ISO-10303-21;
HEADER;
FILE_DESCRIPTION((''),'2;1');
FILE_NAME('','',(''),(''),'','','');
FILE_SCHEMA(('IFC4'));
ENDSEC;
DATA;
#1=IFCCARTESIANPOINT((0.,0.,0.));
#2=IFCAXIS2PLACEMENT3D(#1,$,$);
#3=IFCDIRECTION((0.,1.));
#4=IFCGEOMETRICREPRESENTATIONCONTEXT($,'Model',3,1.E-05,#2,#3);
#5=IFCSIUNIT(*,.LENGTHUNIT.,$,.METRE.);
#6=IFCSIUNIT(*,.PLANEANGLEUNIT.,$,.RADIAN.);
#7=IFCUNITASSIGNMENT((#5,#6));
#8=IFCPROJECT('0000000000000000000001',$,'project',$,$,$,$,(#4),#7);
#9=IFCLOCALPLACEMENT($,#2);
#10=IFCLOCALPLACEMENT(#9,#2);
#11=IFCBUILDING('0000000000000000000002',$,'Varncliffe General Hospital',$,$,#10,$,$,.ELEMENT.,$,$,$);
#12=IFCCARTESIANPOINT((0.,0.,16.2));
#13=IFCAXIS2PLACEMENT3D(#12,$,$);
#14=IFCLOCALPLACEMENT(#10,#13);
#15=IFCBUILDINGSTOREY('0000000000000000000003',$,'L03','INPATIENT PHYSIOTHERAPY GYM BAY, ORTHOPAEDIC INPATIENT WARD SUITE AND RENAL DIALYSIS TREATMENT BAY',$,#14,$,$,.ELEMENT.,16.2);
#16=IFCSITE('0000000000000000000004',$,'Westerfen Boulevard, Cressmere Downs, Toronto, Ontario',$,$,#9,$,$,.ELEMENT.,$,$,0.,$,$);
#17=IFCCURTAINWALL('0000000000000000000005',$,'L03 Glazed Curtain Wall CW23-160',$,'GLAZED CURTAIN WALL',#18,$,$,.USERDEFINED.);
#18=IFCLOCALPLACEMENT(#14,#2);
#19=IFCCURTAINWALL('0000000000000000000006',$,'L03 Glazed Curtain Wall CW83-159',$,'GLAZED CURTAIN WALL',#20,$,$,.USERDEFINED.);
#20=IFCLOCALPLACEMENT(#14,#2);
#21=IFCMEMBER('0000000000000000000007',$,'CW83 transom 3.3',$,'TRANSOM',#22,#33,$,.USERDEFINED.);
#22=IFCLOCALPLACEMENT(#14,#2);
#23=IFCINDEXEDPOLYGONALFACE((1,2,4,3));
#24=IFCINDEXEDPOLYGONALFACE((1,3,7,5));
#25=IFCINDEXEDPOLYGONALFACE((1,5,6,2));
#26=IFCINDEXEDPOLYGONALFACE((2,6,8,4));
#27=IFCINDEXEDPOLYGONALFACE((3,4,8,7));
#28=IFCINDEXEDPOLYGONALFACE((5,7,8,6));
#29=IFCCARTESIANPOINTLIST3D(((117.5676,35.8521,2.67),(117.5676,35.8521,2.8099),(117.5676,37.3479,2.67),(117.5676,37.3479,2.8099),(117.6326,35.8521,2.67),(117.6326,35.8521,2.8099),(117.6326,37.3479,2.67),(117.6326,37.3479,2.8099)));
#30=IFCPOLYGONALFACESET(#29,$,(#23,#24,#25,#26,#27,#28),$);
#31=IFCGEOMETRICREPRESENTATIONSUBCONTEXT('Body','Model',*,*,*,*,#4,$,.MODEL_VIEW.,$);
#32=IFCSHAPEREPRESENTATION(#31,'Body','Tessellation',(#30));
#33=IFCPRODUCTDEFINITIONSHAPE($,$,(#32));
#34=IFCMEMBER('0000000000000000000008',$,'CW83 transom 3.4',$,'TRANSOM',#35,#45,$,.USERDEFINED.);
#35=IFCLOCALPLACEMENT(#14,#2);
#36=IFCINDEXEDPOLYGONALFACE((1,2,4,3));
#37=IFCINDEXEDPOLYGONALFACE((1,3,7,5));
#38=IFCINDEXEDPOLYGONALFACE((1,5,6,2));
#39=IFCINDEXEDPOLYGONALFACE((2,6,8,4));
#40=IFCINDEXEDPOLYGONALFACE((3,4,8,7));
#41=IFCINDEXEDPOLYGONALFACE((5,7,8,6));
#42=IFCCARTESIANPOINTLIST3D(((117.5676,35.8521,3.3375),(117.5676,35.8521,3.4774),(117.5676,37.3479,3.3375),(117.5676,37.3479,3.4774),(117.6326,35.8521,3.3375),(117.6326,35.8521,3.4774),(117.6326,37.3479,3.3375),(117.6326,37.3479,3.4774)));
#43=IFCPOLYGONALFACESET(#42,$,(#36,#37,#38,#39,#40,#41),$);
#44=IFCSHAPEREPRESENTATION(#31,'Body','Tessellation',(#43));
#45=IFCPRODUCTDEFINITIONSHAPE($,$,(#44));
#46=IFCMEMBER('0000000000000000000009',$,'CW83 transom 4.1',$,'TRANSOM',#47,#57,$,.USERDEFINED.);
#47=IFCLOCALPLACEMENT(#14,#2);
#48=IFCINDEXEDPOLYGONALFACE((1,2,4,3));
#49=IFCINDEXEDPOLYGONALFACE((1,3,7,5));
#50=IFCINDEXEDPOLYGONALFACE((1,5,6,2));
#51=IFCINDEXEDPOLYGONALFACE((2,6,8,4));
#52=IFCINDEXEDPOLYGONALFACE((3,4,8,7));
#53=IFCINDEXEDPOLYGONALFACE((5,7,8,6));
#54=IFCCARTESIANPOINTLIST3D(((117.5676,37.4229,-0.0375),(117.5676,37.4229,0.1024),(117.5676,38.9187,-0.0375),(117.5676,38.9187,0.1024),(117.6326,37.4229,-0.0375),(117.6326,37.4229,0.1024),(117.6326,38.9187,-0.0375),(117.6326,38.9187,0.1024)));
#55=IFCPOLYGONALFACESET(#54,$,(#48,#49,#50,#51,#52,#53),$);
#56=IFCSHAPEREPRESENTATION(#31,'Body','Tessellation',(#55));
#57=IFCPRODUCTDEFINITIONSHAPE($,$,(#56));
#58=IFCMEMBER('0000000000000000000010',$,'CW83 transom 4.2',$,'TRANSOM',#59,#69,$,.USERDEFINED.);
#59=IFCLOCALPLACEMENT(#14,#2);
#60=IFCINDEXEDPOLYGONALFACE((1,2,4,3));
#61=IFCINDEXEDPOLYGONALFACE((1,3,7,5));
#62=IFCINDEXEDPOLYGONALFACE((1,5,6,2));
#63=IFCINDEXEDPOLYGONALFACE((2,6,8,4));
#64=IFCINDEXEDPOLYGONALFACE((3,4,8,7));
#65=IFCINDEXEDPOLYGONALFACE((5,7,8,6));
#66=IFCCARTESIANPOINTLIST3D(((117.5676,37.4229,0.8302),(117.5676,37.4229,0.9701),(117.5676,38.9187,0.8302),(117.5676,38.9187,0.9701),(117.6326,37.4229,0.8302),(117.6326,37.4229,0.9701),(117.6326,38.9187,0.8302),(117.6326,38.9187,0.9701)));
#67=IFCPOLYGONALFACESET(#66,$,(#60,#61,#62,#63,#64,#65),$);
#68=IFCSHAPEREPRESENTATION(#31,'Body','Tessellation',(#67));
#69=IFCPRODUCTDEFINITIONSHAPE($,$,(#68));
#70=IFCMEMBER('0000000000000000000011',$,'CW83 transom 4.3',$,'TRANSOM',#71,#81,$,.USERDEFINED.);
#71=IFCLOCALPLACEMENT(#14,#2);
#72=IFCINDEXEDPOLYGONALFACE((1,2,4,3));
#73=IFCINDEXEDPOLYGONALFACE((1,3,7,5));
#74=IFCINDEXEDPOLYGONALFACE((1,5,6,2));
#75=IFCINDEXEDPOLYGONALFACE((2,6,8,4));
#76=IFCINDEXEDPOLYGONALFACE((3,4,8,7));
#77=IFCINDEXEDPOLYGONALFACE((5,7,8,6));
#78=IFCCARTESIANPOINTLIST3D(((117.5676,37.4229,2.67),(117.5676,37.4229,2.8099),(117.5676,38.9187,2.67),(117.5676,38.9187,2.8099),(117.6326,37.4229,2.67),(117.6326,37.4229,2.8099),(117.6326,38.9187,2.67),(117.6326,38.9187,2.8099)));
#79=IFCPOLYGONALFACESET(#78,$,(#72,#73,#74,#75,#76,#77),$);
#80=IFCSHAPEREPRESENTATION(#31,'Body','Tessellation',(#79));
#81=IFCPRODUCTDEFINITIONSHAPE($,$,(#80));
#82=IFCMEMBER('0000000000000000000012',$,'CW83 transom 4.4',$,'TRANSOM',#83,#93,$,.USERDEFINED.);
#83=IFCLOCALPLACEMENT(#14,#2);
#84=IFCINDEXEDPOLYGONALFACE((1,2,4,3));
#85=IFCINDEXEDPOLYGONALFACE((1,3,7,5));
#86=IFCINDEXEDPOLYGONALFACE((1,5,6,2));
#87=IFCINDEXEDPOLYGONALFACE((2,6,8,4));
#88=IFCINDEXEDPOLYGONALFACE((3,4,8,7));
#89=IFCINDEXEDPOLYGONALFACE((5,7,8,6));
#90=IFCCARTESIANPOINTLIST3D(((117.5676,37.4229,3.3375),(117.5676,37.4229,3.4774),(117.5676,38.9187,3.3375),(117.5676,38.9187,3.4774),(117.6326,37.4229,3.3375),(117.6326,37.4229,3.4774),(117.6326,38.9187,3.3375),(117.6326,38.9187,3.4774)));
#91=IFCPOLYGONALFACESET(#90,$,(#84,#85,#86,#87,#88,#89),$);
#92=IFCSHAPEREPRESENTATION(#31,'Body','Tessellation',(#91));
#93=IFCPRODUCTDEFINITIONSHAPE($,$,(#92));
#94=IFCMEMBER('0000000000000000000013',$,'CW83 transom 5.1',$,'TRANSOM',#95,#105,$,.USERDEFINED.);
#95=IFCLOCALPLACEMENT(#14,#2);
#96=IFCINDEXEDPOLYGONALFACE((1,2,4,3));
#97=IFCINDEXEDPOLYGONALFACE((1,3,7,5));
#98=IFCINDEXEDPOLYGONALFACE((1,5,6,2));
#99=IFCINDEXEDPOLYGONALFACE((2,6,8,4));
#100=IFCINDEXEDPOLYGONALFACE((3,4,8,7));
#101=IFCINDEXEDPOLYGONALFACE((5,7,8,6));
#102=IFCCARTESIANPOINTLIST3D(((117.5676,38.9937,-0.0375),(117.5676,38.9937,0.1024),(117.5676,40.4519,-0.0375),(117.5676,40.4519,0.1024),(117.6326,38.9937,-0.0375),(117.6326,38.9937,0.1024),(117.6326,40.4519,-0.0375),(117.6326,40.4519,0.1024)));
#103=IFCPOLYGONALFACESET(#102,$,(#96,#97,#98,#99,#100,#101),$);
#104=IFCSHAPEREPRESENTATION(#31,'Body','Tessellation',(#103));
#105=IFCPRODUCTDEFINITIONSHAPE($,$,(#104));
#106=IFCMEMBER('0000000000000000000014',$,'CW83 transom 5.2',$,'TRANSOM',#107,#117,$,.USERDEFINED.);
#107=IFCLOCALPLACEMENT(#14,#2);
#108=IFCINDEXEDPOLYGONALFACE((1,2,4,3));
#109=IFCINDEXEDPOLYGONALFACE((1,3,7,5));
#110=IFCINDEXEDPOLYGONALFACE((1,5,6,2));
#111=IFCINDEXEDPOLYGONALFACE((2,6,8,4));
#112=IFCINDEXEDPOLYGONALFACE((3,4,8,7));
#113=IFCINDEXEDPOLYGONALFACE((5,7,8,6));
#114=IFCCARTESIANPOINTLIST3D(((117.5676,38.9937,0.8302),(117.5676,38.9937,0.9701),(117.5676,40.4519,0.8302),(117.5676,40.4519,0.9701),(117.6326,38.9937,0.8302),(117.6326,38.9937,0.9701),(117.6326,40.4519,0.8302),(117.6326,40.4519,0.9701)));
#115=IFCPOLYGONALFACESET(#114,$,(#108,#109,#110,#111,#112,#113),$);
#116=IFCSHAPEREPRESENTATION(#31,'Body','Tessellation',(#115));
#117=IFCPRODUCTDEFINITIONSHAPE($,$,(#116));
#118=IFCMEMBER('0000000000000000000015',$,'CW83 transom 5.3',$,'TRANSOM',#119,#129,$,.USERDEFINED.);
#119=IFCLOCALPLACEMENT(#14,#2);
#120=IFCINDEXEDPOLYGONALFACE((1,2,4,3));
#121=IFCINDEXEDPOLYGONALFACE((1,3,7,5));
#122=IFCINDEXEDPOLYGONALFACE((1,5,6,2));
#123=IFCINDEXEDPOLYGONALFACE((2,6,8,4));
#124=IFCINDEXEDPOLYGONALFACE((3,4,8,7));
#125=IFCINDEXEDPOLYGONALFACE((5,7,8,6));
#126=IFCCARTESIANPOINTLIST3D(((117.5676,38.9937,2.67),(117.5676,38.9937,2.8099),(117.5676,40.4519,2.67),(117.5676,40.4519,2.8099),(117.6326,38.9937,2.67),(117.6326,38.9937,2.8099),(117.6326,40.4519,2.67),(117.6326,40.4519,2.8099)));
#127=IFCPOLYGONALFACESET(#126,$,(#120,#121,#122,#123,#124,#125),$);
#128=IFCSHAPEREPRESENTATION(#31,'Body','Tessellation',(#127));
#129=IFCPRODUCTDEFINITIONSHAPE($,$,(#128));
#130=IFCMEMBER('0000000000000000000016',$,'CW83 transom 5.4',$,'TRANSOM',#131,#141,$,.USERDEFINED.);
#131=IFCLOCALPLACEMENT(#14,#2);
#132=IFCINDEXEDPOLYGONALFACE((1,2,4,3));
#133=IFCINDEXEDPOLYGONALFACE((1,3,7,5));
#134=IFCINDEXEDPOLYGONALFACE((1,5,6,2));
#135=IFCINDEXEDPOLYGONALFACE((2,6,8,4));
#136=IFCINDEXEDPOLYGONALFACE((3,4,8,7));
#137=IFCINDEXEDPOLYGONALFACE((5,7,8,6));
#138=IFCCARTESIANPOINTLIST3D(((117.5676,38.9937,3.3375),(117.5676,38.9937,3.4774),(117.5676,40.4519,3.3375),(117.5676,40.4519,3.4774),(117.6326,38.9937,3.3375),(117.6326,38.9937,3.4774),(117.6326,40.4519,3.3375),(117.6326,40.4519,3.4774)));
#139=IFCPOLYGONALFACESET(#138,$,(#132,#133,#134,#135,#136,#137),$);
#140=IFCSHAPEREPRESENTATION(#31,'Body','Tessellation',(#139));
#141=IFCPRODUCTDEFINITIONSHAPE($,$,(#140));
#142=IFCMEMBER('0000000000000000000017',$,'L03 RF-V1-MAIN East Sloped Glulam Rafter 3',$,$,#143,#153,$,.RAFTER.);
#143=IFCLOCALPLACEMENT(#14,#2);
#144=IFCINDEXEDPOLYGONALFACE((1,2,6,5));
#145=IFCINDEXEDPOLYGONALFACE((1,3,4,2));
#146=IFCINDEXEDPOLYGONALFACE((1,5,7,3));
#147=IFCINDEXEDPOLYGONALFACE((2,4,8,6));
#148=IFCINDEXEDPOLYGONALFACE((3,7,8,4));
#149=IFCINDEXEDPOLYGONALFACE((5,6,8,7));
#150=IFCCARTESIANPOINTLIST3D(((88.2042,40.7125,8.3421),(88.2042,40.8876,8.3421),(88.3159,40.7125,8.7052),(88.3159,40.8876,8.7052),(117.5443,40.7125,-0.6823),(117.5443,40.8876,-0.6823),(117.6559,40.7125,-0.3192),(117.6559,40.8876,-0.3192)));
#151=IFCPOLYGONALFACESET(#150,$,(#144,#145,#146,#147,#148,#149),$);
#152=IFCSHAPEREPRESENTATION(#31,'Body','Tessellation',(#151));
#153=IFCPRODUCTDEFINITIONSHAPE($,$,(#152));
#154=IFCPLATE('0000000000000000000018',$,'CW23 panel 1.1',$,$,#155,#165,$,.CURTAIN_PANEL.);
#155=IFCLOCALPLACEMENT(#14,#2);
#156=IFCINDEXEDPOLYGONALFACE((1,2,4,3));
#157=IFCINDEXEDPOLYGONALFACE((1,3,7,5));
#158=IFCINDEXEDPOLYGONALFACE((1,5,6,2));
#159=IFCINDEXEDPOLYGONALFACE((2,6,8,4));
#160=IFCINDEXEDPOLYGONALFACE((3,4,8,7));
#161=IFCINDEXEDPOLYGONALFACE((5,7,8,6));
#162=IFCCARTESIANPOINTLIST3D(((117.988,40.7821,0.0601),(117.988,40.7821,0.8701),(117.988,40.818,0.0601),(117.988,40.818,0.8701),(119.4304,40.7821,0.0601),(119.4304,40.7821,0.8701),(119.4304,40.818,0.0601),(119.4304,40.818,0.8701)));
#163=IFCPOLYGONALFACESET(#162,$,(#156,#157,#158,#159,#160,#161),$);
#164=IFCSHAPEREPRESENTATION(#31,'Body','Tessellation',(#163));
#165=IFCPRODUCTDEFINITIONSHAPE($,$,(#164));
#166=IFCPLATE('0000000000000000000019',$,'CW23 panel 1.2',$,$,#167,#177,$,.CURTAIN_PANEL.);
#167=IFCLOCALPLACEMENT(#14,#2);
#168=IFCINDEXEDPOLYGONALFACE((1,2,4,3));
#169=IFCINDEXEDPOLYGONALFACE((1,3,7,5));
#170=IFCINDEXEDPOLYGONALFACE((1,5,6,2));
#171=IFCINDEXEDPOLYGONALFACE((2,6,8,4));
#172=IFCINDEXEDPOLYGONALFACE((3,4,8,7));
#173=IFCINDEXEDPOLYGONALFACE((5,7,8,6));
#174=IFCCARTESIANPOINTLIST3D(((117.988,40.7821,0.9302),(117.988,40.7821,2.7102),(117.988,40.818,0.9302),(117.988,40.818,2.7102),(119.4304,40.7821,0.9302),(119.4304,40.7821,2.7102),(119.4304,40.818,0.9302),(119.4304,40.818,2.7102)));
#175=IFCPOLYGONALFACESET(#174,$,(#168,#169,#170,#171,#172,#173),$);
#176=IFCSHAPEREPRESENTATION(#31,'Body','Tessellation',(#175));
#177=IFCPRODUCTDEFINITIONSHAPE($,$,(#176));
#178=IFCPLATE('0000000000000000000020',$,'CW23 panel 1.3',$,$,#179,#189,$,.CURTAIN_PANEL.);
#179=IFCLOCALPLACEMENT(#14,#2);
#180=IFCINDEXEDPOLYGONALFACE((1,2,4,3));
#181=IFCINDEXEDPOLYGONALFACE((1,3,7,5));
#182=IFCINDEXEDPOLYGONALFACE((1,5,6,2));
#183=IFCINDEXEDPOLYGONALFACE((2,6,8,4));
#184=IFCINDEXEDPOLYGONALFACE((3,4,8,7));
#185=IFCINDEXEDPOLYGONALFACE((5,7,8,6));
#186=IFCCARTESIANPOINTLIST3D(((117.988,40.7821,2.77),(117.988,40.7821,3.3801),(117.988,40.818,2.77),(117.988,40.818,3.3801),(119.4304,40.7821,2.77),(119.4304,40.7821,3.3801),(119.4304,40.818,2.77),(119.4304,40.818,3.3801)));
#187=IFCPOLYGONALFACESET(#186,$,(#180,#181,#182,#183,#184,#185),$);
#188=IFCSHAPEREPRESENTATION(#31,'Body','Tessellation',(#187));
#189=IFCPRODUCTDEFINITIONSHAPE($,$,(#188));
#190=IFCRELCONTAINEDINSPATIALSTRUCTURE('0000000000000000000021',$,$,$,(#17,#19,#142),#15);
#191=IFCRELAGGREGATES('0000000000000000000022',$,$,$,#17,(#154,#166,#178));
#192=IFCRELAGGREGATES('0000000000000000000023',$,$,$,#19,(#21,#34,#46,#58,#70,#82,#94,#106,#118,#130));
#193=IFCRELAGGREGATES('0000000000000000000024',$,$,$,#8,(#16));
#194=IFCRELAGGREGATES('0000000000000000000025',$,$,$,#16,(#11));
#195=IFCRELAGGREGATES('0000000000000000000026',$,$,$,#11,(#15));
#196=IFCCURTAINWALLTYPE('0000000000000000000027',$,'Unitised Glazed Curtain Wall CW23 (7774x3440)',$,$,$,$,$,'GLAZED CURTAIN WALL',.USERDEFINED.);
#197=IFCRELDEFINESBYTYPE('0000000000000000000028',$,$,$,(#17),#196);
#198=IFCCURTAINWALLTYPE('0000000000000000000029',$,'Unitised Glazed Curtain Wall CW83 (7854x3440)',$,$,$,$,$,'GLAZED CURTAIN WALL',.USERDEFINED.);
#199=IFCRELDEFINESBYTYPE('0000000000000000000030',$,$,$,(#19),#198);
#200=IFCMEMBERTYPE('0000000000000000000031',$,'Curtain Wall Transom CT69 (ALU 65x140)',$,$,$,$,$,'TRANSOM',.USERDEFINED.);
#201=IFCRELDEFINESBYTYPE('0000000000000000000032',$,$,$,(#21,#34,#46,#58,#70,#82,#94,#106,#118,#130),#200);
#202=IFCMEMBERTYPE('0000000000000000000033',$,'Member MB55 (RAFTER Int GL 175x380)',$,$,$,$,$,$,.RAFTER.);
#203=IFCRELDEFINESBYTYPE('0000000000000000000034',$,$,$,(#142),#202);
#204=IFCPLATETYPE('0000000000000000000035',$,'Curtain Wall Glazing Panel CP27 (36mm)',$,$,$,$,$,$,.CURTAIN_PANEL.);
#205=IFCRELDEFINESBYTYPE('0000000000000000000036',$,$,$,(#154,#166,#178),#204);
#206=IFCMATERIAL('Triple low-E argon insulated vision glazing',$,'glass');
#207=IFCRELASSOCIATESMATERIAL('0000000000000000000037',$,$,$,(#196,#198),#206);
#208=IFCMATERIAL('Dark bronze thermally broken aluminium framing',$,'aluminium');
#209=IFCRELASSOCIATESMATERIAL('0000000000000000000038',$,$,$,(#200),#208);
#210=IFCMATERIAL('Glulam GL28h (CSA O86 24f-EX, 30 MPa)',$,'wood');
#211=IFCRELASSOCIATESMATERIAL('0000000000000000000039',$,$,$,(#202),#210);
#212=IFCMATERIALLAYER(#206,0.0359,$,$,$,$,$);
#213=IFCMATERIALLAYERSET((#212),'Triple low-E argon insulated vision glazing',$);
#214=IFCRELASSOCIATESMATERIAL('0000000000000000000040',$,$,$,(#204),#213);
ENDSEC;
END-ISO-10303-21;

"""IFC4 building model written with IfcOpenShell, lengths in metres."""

from ifc_helpers import new_model, si_unit, direction, frame, origin, origin_2d, place, context, subcontext, project, spatial, rectangle, extrude, material, layer, layer_set, material_profile, profile_set, type_object, element, aggregate, save


model = new_model("IFC4")

# Units and contexts
model_context = context("Model", 3, precision=1e-05, world=origin(), true_north=direction((0.0, 1.0)))
body_context = subcontext(model_context, "Body", "Model", "MODEL_VIEW")
ifc_project = project(units=[si_unit("LENGTHUNIT", "METRE"), si_unit("PLANEANGLEUNIT", "RADIAN")], contexts=[model_context])

# Site, building, storey
site_placement = place(None, origin())
site = spatial("IfcSite", under=ifc_project, at=site_placement, Name="Westerfen Boulevard, Cressmere Downs, Toronto, Ontario", CompositionType="ELEMENT", RefElevation=0.0)
building_placement = place(site_placement, origin())
building = spatial("IfcBuilding", under=site, at=building_placement, Name="Varncliffe General Hospital", CompositionType="ELEMENT")
storey_placement = place(building_placement, frame((0.0, 0.0, 16.2)))
storey = spatial("IfcBuildingStorey", under=building, at=storey_placement, Name="L03", Description="INPATIENT PHYSIOTHERAPY GYM BAY, ORTHOPAEDIC INPATIENT WARD SUITE AND RENAL DIALYSIS TREATMENT BAY", CompositionType="ELEMENT", Elevation=16.2)

# Curtain walls
ifc_material_1 = material(Name="Triple low-E argon insulated vision glazing", Category="glass")
curtain_wall_type_1 = type_object("IfcCurtainWallType", Name="Unitised Glazed Curtain Wall CW23 (7774x3440)", ElementType="GLAZED CURTAIN WALL", PredefinedType="USERDEFINED", material=ifc_material_1)
curtain_wall_1_placement = place(storey_placement, origin())
curtain_wall_1 = element("IfcCurtainWall", 1, at=curtain_wall_1_placement, inside=storey, type_object=curtain_wall_type_1, Name="L03 Glazed Curtain Wall CW23-160", ObjectType="GLAZED CURTAIN WALL", PredefinedType="USERDEFINED")
ifc_material_2 = material(Name="Dark bronze thermally broken aluminium framing", Category="aluminium")
curtain_wall_type_2 = type_object("IfcCurtainWallType", Name="Unitised Glazed Curtain Wall CW83 (7854x3440)", ElementType="GLAZED CURTAIN WALL", PredefinedType="USERDEFINED", material=ifc_material_1)
curtain_wall_2_placement = place(storey_placement, origin())
curtain_wall_2 = element("IfcCurtainWall", 2, at=curtain_wall_2_placement, inside=storey, type_object=curtain_wall_type_2, Name="L03 Glazed Curtain Wall CW83-159", ObjectType="GLAZED CURTAIN WALL", PredefinedType="USERDEFINED")

# Members
ifc_material_profile_1 = material_profile(ifc_material_2, rectangle(XDim=0.0649, YDim=0.1399, at=origin_2d()), Name="ALU 65x140")
ifc_profile_set_1 = profile_set([ifc_material_profile_1], Name="Dark bronze thermally broken aluminium framing")
member_type_1 = type_object("IfcMemberType", Name="Curtain Wall Transom CT69 (ALU 65x140)", ElementType="TRANSOM", PredefinedType="USERDEFINED", material=ifc_profile_set_1)
member_1_placement = place(storey_placement, frame((117.6001, 35.8521, 2.74), z_axis=(0.0, 1.0, 0.0), x_axis=(-1.0, 0.0, 0.0)))
member_1 = element("IfcMember", 3, at=member_1_placement, type_object=member_type_1, Name="CW83 transom 3.3", ObjectType="TRANSOM", PredefinedType="USERDEFINED", context=body_context, shape_type="SweptSolid", body=[
    extrude(rectangle(XDim=0.0649, YDim=0.1399, at=origin_2d()), origin(), (0.0, 0.0, 1.0), 1.4958),
])
member_2_placement = place(storey_placement, frame((117.6001, 35.8521, 3.4075), z_axis=(0.0, 1.0, 0.0), x_axis=(-1.0, 0.0, 0.0)))
member_2 = element("IfcMember", 4, at=member_2_placement, type_object=member_type_1, Name="CW83 transom 3.4", ObjectType="TRANSOM", PredefinedType="USERDEFINED", context=body_context, shape_type="SweptSolid", body=[
    extrude(rectangle(XDim=0.0649, YDim=0.1399, at=origin_2d()), origin(), (0.0, 0.0, 1.0), 1.4958),
])
member_3_placement = place(storey_placement, frame((117.6001, 37.4229, 0.0325), z_axis=(0.0, 1.0, 0.0), x_axis=(-1.0, 0.0, 0.0)))
member_3 = element("IfcMember", 5, at=member_3_placement, type_object=member_type_1, Name="CW83 transom 4.1", ObjectType="TRANSOM", PredefinedType="USERDEFINED", context=body_context, shape_type="SweptSolid", body=[
    extrude(rectangle(XDim=0.0649, YDim=0.1399, at=origin_2d()), origin(), (0.0, 0.0, 1.0), 1.4958),
])
member_4_placement = place(storey_placement, frame((117.6001, 37.4229, 0.9001), z_axis=(0.0, 1.0, 0.0), x_axis=(-1.0, 0.0, 0.0)))
member_4 = element("IfcMember", 6, at=member_4_placement, type_object=member_type_1, Name="CW83 transom 4.2", ObjectType="TRANSOM", PredefinedType="USERDEFINED", context=body_context, shape_type="SweptSolid", body=[
    extrude(rectangle(XDim=0.0649, YDim=0.1399, at=origin_2d()), origin(), (0.0, 0.0, 1.0), 1.4958),
])
member_5_placement = place(storey_placement, frame((117.6001, 37.4229, 2.74), z_axis=(0.0, 1.0, 0.0), x_axis=(-1.0, 0.0, 0.0)))
member_5 = element("IfcMember", 7, at=member_5_placement, type_object=member_type_1, Name="CW83 transom 4.3", ObjectType="TRANSOM", PredefinedType="USERDEFINED", context=body_context, shape_type="SweptSolid", body=[
    extrude(rectangle(XDim=0.0649, YDim=0.1399, at=origin_2d()), origin(), (0.0, 0.0, 1.0), 1.4958),
])
member_6_placement = place(storey_placement, frame((117.6001, 37.4229, 3.4075), z_axis=(0.0, 1.0, 0.0), x_axis=(-1.0, 0.0, 0.0)))
member_6 = element("IfcMember", 8, at=member_6_placement, type_object=member_type_1, Name="CW83 transom 4.4", ObjectType="TRANSOM", PredefinedType="USERDEFINED", context=body_context, shape_type="SweptSolid", body=[
    extrude(rectangle(XDim=0.0649, YDim=0.1399, at=origin_2d()), origin(), (0.0, 0.0, 1.0), 1.4958),
])
member_7_placement = place(storey_placement, frame((117.6001, 38.9937, 0.0325), z_axis=(0.0, 1.0, 0.0), x_axis=(-1.0, 0.0, 0.0)))
member_7 = element("IfcMember", 9, at=member_7_placement, type_object=member_type_1, Name="CW83 transom 5.1", ObjectType="TRANSOM", PredefinedType="USERDEFINED", context=body_context, shape_type="SweptSolid", body=[
    extrude(rectangle(XDim=0.0649, YDim=0.1399, at=origin_2d()), origin(), (0.0, 0.0, 1.0), 1.4583),
])
member_8_placement = place(storey_placement, frame((117.6001, 38.9937, 0.9001), z_axis=(0.0, 1.0, 0.0), x_axis=(-1.0, 0.0, 0.0)))
member_8 = element("IfcMember", 10, at=member_8_placement, type_object=member_type_1, Name="CW83 transom 5.2", ObjectType="TRANSOM", PredefinedType="USERDEFINED", context=body_context, shape_type="SweptSolid", body=[
    extrude(rectangle(XDim=0.0649, YDim=0.1399, at=origin_2d()), origin(), (0.0, 0.0, 1.0), 1.4583),
])
member_9_placement = place(storey_placement, frame((117.6001, 38.9937, 2.74), z_axis=(0.0, 1.0, 0.0), x_axis=(-1.0, 0.0, 0.0)))
member_9 = element("IfcMember", 11, at=member_9_placement, type_object=member_type_1, Name="CW83 transom 5.3", ObjectType="TRANSOM", PredefinedType="USERDEFINED", context=body_context, shape_type="SweptSolid", body=[
    extrude(rectangle(XDim=0.0649, YDim=0.1399, at=origin_2d()), origin(), (0.0, 0.0, 1.0), 1.4583),
])
member_10_placement = place(storey_placement, frame((117.6001, 38.9937, 3.4075), z_axis=(0.0, 1.0, 0.0), x_axis=(-1.0, 0.0, 0.0)))
member_10 = element("IfcMember", 12, at=member_10_placement, type_object=member_type_1, Name="CW83 transom 5.4", ObjectType="TRANSOM", PredefinedType="USERDEFINED", context=body_context, shape_type="SweptSolid", body=[
    extrude(rectangle(XDim=0.0649, YDim=0.1399, at=origin_2d()), origin(), (0.0, 0.0, 1.0), 1.4583),
])
ifc_material_3 = material(Name="Glulam GL28h (CSA O86 24f-EX, 30 MPa)", Category="wood")
ifc_material_profile_2 = material_profile(ifc_material_3, rectangle(XDim=0.175, YDim=0.3799, at=origin_2d()), Name="GL 175x380")
ifc_profile_set_2 = profile_set([ifc_material_profile_2], Name="Glulam GL28h (CSA O86 24f-EX, 30 MPa)")
member_type_2 = type_object("IfcMemberType", Name="Member MB55 (RAFTER Int GL 175x380)", PredefinedType="RAFTER", material=ifc_profile_set_2)
member_11_placement = place(storey_placement, frame((117.6001, 40.8, -0.5007), z_axis=(-0.955809, 0.0, 0.293987), x_axis=(0.0, -1.0, 0.0)))
element("IfcMember", 13, at=member_11_placement, inside=storey, type_object=member_type_2, Name="L03 RF-V1-MAIN East Sloped Glulam Rafter 3", PredefinedType="RAFTER", context=body_context, shape_type="SweptSolid", body=[
    extrude(rectangle(XDim=0.175, YDim=0.3799, at=origin_2d()), origin(), (0.0, 0.0, 1.0), 30.6965),
])

# Plates
ifc_layer_1 = layer(ifc_material_1, 0.0359)
ifc_layer_set_1 = layer_set([ifc_layer_1], Name="Triple low-E argon insulated vision glazing")
plate_type_1 = type_object("IfcPlateType", Name="Curtain Wall Glazing Panel CP27 (36mm)", PredefinedType="CURTAIN_PANEL", material=ifc_layer_set_1)
plate_1_placement = place(storey_placement, frame((118.7092, 40.8, 0.0601), z_axis=(0.0, 0.0, 1.0), x_axis=(1.0, 0.0, 0.0)))
plate_1 = element("IfcPlate", 14, at=plate_1_placement, type_object=plate_type_1, Name="CW23 panel 1.1", PredefinedType="CURTAIN_PANEL", context=body_context, shape_type="SweptSolid", body=[
    extrude(rectangle(XDim=1.4424, YDim=0.0359, at=origin_2d()), origin(), (0.0, 0.0, 1.0), 0.8101),
])
plate_2_placement = place(storey_placement, frame((118.7092, 40.8, 0.9302), z_axis=(0.0, 0.0, 1.0), x_axis=(1.0, 0.0, 0.0)))
plate_2 = element("IfcPlate", 15, at=plate_2_placement, type_object=plate_type_1, Name="CW23 panel 1.2", PredefinedType="CURTAIN_PANEL", context=body_context, shape_type="SweptSolid", body=[
    extrude(rectangle(XDim=1.4424, YDim=0.0359, at=origin_2d()), origin(), (0.0, 0.0, 1.0), 1.78),
])
plate_3_placement = place(storey_placement, frame((118.7092, 40.8, 2.77), z_axis=(0.0, 0.0, 1.0), x_axis=(1.0, 0.0, 0.0)))
plate_3 = element("IfcPlate", 16, at=plate_3_placement, type_object=plate_type_1, Name="CW23 panel 1.3", PredefinedType="CURTAIN_PANEL", context=body_context, shape_type="SweptSolid", body=[
    extrude(rectangle(XDim=1.4424, YDim=0.0359, at=origin_2d()), origin(), (0.0, 0.0, 1.0), 0.6101),
])
aggregate(curtain_wall_1, [plate_1, plate_2, plate_3])
aggregate(curtain_wall_2, [member_1, member_2, member_3, member_4, member_5, member_6, member_7, member_8, member_9, member_10])

save(model, "model.ifc")
